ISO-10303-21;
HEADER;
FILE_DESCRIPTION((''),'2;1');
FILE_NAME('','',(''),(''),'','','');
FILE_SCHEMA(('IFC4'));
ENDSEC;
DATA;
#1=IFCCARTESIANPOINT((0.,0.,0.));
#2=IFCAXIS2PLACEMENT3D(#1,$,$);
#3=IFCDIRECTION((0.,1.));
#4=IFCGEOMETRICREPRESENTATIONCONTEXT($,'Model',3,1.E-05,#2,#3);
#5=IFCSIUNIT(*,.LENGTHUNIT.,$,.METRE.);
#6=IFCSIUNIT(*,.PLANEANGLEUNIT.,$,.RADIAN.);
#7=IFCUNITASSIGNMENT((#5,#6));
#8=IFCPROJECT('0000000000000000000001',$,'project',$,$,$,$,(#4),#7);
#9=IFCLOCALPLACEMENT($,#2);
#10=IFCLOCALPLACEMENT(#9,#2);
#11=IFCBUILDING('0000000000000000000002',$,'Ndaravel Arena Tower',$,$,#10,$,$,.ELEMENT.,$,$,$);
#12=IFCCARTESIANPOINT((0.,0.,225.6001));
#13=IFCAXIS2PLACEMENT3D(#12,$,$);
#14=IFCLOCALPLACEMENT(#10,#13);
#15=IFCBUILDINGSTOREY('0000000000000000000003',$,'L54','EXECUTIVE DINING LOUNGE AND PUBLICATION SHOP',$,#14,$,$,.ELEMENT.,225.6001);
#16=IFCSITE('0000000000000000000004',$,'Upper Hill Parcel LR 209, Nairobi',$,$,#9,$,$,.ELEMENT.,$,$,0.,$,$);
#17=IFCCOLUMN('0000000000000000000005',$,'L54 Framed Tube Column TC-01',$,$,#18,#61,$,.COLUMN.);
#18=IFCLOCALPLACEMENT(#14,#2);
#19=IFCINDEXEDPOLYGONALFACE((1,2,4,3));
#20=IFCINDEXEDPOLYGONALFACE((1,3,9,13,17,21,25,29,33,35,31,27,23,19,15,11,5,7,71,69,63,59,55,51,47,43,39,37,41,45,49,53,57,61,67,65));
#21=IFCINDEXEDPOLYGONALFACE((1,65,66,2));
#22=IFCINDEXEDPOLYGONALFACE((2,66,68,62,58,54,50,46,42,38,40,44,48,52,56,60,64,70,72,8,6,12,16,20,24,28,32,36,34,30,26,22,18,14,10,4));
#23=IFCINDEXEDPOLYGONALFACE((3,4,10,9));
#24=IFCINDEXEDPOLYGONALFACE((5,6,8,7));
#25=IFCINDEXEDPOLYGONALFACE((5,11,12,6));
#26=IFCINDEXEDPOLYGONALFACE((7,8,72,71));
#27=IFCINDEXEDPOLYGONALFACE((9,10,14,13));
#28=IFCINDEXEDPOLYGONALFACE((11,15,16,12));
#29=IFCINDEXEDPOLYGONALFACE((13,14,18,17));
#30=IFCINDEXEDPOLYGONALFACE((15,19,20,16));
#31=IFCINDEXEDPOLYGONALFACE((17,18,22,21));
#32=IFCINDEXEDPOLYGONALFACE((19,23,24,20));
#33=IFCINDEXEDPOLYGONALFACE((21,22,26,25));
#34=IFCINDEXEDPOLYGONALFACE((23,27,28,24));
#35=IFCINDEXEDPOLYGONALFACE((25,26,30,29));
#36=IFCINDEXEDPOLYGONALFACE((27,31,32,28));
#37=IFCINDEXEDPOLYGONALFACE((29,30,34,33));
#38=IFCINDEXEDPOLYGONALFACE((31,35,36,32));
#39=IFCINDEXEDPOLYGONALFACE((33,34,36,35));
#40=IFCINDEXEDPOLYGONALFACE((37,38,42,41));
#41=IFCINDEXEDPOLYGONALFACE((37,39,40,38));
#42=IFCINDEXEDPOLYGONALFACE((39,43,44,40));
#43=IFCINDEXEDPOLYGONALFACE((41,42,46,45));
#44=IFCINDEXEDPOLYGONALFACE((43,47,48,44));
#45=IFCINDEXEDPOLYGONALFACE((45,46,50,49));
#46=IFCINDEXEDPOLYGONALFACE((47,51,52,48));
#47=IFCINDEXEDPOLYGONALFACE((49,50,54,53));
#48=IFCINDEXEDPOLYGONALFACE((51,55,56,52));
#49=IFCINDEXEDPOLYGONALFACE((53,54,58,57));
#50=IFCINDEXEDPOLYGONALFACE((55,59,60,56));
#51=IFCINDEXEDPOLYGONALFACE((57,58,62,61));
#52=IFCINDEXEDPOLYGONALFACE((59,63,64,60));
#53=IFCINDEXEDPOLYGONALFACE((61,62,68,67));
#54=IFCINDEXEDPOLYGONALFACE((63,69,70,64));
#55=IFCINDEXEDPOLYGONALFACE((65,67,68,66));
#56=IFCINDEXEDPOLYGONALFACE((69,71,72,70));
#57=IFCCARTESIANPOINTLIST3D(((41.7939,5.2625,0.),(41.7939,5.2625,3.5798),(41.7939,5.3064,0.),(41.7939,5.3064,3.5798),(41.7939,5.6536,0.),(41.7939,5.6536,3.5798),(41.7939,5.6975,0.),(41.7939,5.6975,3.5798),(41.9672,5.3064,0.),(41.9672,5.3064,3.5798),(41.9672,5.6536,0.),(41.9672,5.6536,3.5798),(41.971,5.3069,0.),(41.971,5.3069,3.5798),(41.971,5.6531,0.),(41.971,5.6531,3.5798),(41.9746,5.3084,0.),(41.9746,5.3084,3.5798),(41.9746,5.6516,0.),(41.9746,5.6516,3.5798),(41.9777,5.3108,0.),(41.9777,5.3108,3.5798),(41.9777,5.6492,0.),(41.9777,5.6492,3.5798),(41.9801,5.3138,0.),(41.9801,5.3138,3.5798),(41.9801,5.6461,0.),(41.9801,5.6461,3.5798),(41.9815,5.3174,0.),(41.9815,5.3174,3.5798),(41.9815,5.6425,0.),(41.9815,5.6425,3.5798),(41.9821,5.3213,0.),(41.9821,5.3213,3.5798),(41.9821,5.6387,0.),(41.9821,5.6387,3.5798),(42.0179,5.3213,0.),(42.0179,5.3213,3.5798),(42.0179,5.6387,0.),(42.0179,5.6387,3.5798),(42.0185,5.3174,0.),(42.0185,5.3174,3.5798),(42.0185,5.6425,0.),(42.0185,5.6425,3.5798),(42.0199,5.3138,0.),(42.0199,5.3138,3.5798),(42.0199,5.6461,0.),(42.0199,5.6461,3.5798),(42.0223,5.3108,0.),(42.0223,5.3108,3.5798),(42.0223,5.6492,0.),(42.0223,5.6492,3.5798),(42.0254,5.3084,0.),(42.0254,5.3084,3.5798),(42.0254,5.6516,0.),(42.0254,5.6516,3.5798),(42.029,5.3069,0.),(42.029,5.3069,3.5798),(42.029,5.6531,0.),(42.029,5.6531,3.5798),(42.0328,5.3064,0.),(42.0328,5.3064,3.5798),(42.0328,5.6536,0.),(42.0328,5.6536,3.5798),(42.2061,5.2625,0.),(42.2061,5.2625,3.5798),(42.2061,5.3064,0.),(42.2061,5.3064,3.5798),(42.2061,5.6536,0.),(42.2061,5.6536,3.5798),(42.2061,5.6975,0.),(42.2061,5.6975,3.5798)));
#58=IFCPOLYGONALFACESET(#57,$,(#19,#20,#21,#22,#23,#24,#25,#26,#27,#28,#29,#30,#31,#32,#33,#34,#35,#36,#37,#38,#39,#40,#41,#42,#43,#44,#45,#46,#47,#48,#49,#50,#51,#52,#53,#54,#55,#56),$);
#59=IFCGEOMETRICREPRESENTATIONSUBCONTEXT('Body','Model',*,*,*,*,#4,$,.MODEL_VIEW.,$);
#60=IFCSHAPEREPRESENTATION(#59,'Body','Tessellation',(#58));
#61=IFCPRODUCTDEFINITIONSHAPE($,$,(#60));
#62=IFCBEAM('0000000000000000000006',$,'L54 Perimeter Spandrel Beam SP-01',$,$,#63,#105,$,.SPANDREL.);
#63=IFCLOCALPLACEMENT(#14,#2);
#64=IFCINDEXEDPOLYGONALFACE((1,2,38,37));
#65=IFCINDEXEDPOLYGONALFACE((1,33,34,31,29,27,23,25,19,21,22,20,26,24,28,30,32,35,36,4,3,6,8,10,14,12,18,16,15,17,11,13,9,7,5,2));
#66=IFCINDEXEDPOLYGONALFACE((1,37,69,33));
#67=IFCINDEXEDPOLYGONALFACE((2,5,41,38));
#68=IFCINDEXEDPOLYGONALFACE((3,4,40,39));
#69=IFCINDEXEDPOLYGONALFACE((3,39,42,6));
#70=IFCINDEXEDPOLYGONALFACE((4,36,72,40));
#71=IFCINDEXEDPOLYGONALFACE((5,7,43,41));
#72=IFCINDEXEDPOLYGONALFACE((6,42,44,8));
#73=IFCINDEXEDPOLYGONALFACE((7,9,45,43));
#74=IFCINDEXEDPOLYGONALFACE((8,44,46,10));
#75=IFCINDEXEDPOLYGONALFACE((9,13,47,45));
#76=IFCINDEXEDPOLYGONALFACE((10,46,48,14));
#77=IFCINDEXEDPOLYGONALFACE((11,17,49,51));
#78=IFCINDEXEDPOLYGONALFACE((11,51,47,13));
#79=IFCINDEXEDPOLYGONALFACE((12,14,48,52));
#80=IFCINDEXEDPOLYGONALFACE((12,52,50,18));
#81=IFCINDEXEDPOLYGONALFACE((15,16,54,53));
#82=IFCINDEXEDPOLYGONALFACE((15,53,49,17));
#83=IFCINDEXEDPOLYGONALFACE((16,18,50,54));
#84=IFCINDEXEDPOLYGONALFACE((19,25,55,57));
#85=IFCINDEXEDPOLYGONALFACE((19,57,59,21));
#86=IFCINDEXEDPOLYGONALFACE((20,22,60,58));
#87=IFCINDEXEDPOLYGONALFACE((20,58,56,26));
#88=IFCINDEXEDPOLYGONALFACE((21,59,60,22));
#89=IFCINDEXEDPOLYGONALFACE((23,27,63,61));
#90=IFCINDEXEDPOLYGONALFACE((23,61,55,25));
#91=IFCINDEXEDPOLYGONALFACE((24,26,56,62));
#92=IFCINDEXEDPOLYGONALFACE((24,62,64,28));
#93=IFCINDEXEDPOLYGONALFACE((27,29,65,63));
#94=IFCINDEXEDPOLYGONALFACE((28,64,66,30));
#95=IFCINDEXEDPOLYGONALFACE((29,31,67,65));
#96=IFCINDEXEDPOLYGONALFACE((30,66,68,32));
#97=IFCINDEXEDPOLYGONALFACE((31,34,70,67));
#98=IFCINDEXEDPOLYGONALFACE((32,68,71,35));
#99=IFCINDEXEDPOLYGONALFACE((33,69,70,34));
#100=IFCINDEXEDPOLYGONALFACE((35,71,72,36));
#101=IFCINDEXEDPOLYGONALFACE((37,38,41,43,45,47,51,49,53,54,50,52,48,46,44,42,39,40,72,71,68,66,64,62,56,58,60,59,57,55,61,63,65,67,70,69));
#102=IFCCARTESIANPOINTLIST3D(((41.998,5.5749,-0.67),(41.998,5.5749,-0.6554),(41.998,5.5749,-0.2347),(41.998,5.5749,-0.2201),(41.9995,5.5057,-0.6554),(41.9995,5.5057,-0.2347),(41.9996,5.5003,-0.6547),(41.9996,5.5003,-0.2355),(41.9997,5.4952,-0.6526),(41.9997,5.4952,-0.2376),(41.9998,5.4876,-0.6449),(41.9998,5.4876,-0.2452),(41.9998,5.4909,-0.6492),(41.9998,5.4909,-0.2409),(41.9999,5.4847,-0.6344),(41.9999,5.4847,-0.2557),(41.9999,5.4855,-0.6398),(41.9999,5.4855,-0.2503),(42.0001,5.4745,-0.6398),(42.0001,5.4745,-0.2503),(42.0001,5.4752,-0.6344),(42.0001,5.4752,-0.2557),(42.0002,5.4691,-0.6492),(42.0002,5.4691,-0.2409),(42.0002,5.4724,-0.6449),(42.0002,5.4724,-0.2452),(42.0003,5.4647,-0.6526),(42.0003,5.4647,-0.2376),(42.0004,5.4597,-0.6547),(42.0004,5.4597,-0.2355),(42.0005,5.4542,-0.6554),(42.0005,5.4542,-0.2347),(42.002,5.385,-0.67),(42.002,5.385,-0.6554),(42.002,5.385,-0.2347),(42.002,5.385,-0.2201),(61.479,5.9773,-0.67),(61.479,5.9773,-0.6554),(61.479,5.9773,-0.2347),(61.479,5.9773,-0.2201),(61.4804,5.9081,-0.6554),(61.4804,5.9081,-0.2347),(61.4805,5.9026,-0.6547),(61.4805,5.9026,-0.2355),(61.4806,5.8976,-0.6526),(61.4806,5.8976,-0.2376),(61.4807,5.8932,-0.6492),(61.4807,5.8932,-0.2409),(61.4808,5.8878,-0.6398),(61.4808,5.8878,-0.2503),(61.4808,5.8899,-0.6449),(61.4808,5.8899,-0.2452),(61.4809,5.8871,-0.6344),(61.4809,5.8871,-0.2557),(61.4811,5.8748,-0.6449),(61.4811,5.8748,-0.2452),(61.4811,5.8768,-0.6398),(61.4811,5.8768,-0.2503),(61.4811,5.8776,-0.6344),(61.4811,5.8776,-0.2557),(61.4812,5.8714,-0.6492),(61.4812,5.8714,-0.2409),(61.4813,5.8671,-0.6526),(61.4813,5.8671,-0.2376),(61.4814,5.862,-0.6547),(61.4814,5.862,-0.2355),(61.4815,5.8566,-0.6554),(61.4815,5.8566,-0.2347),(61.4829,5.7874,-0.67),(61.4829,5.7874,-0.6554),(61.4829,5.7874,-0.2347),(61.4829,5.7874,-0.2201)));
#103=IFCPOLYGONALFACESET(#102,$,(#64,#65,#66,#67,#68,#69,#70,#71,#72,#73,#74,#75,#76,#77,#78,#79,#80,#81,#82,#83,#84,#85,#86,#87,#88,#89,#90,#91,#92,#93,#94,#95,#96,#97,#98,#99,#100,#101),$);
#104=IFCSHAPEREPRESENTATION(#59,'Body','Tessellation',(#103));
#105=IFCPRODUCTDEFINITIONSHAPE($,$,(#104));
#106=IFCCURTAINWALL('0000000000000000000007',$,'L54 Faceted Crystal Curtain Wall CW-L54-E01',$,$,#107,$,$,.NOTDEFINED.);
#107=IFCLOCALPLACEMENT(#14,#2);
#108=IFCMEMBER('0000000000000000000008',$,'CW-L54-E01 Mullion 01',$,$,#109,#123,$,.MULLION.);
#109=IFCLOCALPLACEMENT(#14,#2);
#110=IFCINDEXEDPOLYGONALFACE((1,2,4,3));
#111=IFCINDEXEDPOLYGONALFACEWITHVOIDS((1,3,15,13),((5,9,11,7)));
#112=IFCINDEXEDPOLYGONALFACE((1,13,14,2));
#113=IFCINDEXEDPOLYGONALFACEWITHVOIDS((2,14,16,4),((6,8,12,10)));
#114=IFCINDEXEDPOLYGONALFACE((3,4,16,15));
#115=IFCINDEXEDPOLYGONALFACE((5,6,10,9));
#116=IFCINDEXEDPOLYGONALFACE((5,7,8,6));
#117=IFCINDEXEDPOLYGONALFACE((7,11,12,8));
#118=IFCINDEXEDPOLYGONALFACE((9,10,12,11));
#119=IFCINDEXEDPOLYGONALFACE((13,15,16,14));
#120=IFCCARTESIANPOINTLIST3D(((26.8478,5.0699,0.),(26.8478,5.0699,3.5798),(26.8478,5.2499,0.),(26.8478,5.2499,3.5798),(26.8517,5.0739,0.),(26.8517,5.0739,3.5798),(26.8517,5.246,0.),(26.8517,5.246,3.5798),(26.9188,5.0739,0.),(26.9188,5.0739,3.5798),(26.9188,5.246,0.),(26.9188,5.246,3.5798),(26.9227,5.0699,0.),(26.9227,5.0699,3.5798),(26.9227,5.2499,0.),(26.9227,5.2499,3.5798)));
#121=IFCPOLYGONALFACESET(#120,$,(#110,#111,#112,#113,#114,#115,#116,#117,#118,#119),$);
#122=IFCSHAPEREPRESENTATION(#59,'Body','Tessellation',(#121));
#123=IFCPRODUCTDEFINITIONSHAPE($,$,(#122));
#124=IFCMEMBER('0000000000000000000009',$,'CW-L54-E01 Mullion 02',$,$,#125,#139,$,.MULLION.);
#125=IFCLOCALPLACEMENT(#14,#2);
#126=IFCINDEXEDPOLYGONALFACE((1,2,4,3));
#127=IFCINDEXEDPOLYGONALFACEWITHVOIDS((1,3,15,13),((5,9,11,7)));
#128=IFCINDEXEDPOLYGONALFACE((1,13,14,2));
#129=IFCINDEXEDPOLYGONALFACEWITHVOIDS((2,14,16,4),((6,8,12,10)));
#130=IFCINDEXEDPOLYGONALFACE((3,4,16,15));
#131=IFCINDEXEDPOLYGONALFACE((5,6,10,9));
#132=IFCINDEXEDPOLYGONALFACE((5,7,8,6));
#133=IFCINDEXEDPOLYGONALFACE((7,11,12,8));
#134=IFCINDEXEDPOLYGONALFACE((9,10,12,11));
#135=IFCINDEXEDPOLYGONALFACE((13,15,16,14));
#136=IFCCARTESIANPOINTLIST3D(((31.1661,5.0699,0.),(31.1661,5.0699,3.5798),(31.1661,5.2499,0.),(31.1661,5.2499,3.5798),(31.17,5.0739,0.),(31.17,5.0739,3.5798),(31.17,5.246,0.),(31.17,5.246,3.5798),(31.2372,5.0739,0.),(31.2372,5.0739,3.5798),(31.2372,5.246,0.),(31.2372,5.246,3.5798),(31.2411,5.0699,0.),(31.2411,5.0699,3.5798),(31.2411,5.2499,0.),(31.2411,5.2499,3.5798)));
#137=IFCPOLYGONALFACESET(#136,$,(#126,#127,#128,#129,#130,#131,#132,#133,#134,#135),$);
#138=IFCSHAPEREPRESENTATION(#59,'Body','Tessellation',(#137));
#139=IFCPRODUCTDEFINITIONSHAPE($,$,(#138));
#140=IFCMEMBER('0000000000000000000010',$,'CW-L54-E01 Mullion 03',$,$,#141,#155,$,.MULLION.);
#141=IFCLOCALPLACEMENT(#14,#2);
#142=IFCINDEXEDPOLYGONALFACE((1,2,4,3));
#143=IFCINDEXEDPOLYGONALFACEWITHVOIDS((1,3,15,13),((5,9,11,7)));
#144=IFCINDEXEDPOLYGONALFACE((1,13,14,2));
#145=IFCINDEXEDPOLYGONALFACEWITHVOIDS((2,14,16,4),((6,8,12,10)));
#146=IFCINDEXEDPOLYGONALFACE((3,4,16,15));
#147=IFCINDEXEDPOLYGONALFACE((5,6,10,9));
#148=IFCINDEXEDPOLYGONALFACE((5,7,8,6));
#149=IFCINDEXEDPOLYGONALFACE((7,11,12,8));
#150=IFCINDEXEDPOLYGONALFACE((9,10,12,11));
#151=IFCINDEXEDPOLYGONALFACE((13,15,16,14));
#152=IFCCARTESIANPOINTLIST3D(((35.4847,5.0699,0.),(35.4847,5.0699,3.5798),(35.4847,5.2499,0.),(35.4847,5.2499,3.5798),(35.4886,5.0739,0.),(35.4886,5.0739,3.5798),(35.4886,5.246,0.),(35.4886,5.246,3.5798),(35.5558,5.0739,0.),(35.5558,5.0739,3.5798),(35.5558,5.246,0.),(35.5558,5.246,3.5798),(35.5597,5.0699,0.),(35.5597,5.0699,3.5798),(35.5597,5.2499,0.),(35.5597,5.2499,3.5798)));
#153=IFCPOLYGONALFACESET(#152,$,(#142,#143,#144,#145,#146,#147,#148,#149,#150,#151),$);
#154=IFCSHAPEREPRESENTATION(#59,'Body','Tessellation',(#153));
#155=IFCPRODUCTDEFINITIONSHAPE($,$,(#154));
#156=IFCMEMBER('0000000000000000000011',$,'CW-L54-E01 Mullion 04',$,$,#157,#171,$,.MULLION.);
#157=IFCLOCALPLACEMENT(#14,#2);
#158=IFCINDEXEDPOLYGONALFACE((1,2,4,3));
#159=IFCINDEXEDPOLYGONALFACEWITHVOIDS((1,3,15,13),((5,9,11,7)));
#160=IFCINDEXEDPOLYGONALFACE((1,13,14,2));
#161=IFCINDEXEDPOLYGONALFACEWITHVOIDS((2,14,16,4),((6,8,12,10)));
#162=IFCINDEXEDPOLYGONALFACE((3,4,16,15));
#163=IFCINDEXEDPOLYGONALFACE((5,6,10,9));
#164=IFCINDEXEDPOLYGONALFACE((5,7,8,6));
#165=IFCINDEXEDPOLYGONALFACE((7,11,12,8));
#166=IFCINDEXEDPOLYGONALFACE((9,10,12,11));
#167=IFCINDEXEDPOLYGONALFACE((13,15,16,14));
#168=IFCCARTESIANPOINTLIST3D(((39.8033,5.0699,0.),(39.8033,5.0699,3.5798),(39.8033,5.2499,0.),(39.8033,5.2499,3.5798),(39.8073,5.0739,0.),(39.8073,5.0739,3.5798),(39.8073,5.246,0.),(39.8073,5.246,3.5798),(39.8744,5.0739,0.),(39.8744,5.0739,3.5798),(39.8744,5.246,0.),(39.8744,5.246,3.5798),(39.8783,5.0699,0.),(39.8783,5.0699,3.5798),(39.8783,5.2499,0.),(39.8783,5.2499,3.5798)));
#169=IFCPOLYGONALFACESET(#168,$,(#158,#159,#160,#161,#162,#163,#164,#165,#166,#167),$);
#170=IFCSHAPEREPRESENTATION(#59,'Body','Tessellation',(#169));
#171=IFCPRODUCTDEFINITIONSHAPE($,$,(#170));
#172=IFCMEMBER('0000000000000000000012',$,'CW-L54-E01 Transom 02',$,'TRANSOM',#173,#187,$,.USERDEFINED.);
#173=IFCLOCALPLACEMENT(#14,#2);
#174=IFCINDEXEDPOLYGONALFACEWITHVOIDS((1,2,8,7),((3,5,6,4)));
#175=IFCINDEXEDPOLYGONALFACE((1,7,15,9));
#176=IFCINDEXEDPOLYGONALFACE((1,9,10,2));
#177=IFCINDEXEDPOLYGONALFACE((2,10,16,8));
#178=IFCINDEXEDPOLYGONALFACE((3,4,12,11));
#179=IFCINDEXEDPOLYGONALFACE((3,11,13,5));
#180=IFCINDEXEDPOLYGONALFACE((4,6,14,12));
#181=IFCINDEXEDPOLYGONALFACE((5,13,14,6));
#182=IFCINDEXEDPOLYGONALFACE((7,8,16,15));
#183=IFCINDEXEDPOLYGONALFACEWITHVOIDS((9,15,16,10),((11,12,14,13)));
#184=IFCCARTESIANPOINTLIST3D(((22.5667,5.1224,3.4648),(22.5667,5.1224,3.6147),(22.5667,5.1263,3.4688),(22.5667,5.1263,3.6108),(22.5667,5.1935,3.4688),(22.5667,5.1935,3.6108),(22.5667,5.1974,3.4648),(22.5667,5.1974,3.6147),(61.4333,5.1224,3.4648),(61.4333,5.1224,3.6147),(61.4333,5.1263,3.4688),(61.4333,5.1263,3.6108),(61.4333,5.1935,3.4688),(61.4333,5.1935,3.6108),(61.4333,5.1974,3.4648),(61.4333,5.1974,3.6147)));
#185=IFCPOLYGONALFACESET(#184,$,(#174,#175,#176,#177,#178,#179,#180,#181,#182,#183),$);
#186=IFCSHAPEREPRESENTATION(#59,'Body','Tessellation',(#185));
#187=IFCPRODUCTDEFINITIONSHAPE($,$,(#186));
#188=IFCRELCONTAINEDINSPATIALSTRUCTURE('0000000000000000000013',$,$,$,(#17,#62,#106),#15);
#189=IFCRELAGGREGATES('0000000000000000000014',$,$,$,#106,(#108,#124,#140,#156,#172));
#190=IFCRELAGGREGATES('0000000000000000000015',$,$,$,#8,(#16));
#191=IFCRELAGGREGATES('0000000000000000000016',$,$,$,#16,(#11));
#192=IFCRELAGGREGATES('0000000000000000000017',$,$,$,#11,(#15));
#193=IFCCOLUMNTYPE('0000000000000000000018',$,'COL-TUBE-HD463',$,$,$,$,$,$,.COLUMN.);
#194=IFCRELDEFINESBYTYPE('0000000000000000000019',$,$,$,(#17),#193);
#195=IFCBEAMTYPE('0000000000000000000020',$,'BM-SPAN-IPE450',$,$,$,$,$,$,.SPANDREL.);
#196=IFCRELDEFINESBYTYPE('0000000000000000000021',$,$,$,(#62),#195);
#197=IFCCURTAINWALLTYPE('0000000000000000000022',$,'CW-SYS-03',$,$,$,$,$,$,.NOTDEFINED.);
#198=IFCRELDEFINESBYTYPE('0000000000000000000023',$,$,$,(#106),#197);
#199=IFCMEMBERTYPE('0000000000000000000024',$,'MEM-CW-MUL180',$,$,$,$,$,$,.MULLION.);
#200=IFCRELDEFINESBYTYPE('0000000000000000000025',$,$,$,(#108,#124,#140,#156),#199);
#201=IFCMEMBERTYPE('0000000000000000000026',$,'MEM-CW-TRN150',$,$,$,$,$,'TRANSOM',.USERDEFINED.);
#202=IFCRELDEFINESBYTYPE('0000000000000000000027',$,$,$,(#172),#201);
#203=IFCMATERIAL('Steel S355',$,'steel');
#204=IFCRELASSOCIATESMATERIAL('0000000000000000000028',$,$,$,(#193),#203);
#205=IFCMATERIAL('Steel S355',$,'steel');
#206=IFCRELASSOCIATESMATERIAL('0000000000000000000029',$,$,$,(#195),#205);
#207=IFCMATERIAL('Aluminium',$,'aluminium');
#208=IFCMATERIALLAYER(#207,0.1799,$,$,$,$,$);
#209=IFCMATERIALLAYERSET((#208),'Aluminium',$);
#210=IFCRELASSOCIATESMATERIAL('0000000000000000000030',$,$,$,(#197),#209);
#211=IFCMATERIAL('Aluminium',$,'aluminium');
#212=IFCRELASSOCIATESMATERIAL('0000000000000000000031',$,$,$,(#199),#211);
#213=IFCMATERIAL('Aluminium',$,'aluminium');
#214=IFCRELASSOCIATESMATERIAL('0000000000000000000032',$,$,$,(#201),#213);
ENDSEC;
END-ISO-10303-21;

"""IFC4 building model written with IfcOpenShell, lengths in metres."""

from ifc_helpers import new_model, si_unit, direction, frame, origin, origin_2d, place, context, subcontext, project, spatial, hollow_rectangle, i_section, extrude, material, layer, layer_set, material_profile, profile_set, type_object, element, aggregate, save


model = new_model("IFC4")

# Units and contexts
model_context = context("Model", 3, precision=1e-05, world=origin(), true_north=direction((0.0, 1.0)))
body_context = subcontext(model_context, "Body", "Model", "MODEL_VIEW")
ifc_project = project(units=[si_unit("LENGTHUNIT", "METRE"), si_unit("PLANEANGLEUNIT", "RADIAN")], contexts=[model_context])

# Site, building, storey
site_placement = place(None, origin())
site = spatial("IfcSite", under=ifc_project, at=site_placement, Name="Upper Hill Parcel LR 209, Nairobi", CompositionType="ELEMENT", RefElevation=0.0)
building_placement = place(site_placement, origin())
building = spatial("IfcBuilding", under=site, at=building_placement, Name="Ndaravel Arena Tower", CompositionType="ELEMENT")
storey_placement = place(building_placement, frame((0.0, 0.0, 225.6001)))
storey = spatial("IfcBuildingStorey", under=building, at=storey_placement, Name="L54", Description="EXECUTIVE DINING LOUNGE AND PUBLICATION SHOP", CompositionType="ELEMENT", Elevation=225.6001)

# Column
ifc_material_1 = material(Name="Steel S355", Category="steel")
ifc_material_profile_1 = material_profile(ifc_material_1, i_section(OverallWidth=0.4121, OverallDepth=0.4351, WebThickness=0.0359, FlangeThickness=0.0439, FilletRadius=0.0149, at=origin_2d()), Name="HD 400x463")
ifc_profile_set_1 = profile_set([ifc_material_profile_1], Name="Steel S355")
column_type = type_object("IfcColumnType", Name="COL-TUBE-HD463", PredefinedType="COLUMN", material=ifc_profile_set_1)
column_placement = place(storey_placement, frame((42.0, 5.48, 0.0), z_axis=(0.0, 0.0, 1.0), x_axis=(1.0, 0.0, 0.0)))
element("IfcColumn", 1, at=column_placement, inside=storey, type_object=column_type, Name="L54 Framed Tube Column TC-01", PredefinedType="COLUMN", context=body_context, shape_type="SweptSolid", body=[
    extrude(i_section(OverallWidth=0.4121, OverallDepth=0.4351, WebThickness=0.0359, FlangeThickness=0.0439, FilletRadius=0.0149, at=origin_2d()), origin(), (0.0, 0.0, 1.0), 3.5798),
])

# Beam
ifc_material_2 = material(Name="Steel S355", Category="steel")
ifc_material_profile_2 = material_profile(ifc_material_2, i_section(OverallWidth=0.1899, OverallDepth=0.45, WebThickness=0.0095, FlangeThickness=0.0146, FilletRadius=0.021, at=origin_2d()), Name="IPE 450")
ifc_profile_set_2 = profile_set([ifc_material_profile_2], Name="Steel S355")
beam_type = type_object("IfcBeamType", Name="BM-SPAN-IPE450", PredefinedType="SPANDREL", material=ifc_profile_set_2)
beam_placement = place(storey_placement, frame((42.0, 5.48, -0.4451), z_axis=(0.999787, 0.020649, 0.0), x_axis=(-0.020649, 0.999787, 0.0)))
element("IfcBeam", 2, at=beam_placement, inside=storey, type_object=beam_type, Name="L54 Perimeter Spandrel Beam SP-01", PredefinedType="SPANDREL", context=body_context, shape_type="SweptSolid", body=[
    extrude(i_section(OverallWidth=0.1899, OverallDepth=0.45, WebThickness=0.0095, FlangeThickness=0.0146, FilletRadius=0.021, at=origin_2d()), origin(), (0.0, 0.0, 1.0), 19.4851),
])

# Curtain wall, members
ifc_material_3 = material(Name="Aluminium", Category="aluminium")
ifc_layer_1 = layer(ifc_material_3, 0.1799)
ifc_layer_set_1 = layer_set([ifc_layer_1], Name="Aluminium")
curtain_wall_type = type_object("IfcCurtainWallType", Name="CW-SYS-03", PredefinedType="NOTDEFINED", material=ifc_layer_set_1)
curtain_wall_placement = place(storey_placement, origin())
curtain_wall = element("IfcCurtainWall", 3, at=curtain_wall_placement, inside=storey, type_object=curtain_wall_type, Name="L54 Faceted Crystal Curtain Wall CW-L54-E01", PredefinedType="NOTDEFINED")
ifc_material_4 = material(Name="Aluminium", Category="aluminium")
ifc_material_profile_3 = material_profile(ifc_material_4, hollow_rectangle(XDim=0.075, YDim=0.1799, WallThickness=0.0039, at=origin_2d()), Name="CW MULLION 75x180x4")
ifc_profile_set_3 = profile_set([ifc_material_profile_3], Name="Aluminium")
member_type_1 = type_object("IfcMemberType", Name="MEM-CW-MUL180", PredefinedType="MULLION", material=ifc_profile_set_3)
member_1_placement = place(storey_placement, frame((26.8853, 5.1599, 0.0), z_axis=(0.0, 0.0, 1.0), x_axis=(1.0, 0.0, 0.0)))
member_1 = element("IfcMember", 4, at=member_1_placement, type_object=member_type_1, Name="CW-L54-E01 Mullion 01", PredefinedType="MULLION", context=body_context, shape_type="SweptSolid", body=[
    extrude(hollow_rectangle(XDim=0.075, YDim=0.1799, WallThickness=0.0039, at=origin_2d()), origin(), (0.0, 0.0, 1.0), 3.5798),
])
member_2_placement = place(storey_placement, frame((31.2036, 5.1599, 0.0), z_axis=(0.0, 0.0, 1.0), x_axis=(1.0, 0.0, 0.0)))
member_2 = element("IfcMember", 5, at=member_2_placement, type_object=member_type_1, Name="CW-L54-E01 Mullion 02", PredefinedType="MULLION", context=body_context, shape_type="SweptSolid", body=[
    extrude(hollow_rectangle(XDim=0.075, YDim=0.1799, WallThickness=0.0039, at=origin_2d()), origin(), (0.0, 0.0, 1.0), 3.5798),
])
member_3_placement = place(storey_placement, frame((35.5222, 5.1599, 0.0), z_axis=(0.0, 0.0, 1.0), x_axis=(1.0, 0.0, 0.0)))
member_3 = element("IfcMember", 6, at=member_3_placement, type_object=member_type_1, Name="CW-L54-E01 Mullion 03", PredefinedType="MULLION", context=body_context, shape_type="SweptSolid", body=[
    extrude(hollow_rectangle(XDim=0.075, YDim=0.1799, WallThickness=0.0039, at=origin_2d()), origin(), (0.0, 0.0, 1.0), 3.5798),
])
member_4_placement = place(storey_placement, frame((39.8408, 5.1599, 0.0), z_axis=(0.0, 0.0, 1.0), x_axis=(1.0, 0.0, 0.0)))
member_4 = element("IfcMember", 7, at=member_4_placement, type_object=member_type_1, Name="CW-L54-E01 Mullion 04", PredefinedType="MULLION", context=body_context, shape_type="SweptSolid", body=[
    extrude(hollow_rectangle(XDim=0.075, YDim=0.1799, WallThickness=0.0039, at=origin_2d()), origin(), (0.0, 0.0, 1.0), 3.5798),
])
ifc_material_5 = material(Name="Aluminium", Category="aluminium")
ifc_material_profile_4 = material_profile(ifc_material_5, hollow_rectangle(XDim=0.075, YDim=0.1499, WallThickness=0.0039, at=origin_2d()), Name="CW TRANSOM 75x150x4")
ifc_profile_set_4 = profile_set([ifc_material_profile_4], Name="Aluminium")
member_type_2 = type_object("IfcMemberType", Name="MEM-CW-TRN150", ElementType="TRANSOM", PredefinedType="USERDEFINED", material=ifc_profile_set_4)
member_5_placement = place(storey_placement, frame((22.5667, 5.1599, 3.5398), z_axis=(1.0, 0.0, 0.0), x_axis=(0.0, 1.0, 0.0)))
member_5 = element("IfcMember", 8, at=member_5_placement, type_object=member_type_2, Name="CW-L54-E01 Transom 02", ObjectType="TRANSOM", PredefinedType="USERDEFINED", context=body_context, shape_type="SweptSolid", body=[
    extrude(hollow_rectangle(XDim=0.075, YDim=0.1499, WallThickness=0.0039, at=origin_2d()), origin(), (0.0, 0.0, 1.0), 38.8667),
])
aggregate(curtain_wall, [member_1, member_2, member_3, member_4, member_5])

save(model, "model.ifc")
